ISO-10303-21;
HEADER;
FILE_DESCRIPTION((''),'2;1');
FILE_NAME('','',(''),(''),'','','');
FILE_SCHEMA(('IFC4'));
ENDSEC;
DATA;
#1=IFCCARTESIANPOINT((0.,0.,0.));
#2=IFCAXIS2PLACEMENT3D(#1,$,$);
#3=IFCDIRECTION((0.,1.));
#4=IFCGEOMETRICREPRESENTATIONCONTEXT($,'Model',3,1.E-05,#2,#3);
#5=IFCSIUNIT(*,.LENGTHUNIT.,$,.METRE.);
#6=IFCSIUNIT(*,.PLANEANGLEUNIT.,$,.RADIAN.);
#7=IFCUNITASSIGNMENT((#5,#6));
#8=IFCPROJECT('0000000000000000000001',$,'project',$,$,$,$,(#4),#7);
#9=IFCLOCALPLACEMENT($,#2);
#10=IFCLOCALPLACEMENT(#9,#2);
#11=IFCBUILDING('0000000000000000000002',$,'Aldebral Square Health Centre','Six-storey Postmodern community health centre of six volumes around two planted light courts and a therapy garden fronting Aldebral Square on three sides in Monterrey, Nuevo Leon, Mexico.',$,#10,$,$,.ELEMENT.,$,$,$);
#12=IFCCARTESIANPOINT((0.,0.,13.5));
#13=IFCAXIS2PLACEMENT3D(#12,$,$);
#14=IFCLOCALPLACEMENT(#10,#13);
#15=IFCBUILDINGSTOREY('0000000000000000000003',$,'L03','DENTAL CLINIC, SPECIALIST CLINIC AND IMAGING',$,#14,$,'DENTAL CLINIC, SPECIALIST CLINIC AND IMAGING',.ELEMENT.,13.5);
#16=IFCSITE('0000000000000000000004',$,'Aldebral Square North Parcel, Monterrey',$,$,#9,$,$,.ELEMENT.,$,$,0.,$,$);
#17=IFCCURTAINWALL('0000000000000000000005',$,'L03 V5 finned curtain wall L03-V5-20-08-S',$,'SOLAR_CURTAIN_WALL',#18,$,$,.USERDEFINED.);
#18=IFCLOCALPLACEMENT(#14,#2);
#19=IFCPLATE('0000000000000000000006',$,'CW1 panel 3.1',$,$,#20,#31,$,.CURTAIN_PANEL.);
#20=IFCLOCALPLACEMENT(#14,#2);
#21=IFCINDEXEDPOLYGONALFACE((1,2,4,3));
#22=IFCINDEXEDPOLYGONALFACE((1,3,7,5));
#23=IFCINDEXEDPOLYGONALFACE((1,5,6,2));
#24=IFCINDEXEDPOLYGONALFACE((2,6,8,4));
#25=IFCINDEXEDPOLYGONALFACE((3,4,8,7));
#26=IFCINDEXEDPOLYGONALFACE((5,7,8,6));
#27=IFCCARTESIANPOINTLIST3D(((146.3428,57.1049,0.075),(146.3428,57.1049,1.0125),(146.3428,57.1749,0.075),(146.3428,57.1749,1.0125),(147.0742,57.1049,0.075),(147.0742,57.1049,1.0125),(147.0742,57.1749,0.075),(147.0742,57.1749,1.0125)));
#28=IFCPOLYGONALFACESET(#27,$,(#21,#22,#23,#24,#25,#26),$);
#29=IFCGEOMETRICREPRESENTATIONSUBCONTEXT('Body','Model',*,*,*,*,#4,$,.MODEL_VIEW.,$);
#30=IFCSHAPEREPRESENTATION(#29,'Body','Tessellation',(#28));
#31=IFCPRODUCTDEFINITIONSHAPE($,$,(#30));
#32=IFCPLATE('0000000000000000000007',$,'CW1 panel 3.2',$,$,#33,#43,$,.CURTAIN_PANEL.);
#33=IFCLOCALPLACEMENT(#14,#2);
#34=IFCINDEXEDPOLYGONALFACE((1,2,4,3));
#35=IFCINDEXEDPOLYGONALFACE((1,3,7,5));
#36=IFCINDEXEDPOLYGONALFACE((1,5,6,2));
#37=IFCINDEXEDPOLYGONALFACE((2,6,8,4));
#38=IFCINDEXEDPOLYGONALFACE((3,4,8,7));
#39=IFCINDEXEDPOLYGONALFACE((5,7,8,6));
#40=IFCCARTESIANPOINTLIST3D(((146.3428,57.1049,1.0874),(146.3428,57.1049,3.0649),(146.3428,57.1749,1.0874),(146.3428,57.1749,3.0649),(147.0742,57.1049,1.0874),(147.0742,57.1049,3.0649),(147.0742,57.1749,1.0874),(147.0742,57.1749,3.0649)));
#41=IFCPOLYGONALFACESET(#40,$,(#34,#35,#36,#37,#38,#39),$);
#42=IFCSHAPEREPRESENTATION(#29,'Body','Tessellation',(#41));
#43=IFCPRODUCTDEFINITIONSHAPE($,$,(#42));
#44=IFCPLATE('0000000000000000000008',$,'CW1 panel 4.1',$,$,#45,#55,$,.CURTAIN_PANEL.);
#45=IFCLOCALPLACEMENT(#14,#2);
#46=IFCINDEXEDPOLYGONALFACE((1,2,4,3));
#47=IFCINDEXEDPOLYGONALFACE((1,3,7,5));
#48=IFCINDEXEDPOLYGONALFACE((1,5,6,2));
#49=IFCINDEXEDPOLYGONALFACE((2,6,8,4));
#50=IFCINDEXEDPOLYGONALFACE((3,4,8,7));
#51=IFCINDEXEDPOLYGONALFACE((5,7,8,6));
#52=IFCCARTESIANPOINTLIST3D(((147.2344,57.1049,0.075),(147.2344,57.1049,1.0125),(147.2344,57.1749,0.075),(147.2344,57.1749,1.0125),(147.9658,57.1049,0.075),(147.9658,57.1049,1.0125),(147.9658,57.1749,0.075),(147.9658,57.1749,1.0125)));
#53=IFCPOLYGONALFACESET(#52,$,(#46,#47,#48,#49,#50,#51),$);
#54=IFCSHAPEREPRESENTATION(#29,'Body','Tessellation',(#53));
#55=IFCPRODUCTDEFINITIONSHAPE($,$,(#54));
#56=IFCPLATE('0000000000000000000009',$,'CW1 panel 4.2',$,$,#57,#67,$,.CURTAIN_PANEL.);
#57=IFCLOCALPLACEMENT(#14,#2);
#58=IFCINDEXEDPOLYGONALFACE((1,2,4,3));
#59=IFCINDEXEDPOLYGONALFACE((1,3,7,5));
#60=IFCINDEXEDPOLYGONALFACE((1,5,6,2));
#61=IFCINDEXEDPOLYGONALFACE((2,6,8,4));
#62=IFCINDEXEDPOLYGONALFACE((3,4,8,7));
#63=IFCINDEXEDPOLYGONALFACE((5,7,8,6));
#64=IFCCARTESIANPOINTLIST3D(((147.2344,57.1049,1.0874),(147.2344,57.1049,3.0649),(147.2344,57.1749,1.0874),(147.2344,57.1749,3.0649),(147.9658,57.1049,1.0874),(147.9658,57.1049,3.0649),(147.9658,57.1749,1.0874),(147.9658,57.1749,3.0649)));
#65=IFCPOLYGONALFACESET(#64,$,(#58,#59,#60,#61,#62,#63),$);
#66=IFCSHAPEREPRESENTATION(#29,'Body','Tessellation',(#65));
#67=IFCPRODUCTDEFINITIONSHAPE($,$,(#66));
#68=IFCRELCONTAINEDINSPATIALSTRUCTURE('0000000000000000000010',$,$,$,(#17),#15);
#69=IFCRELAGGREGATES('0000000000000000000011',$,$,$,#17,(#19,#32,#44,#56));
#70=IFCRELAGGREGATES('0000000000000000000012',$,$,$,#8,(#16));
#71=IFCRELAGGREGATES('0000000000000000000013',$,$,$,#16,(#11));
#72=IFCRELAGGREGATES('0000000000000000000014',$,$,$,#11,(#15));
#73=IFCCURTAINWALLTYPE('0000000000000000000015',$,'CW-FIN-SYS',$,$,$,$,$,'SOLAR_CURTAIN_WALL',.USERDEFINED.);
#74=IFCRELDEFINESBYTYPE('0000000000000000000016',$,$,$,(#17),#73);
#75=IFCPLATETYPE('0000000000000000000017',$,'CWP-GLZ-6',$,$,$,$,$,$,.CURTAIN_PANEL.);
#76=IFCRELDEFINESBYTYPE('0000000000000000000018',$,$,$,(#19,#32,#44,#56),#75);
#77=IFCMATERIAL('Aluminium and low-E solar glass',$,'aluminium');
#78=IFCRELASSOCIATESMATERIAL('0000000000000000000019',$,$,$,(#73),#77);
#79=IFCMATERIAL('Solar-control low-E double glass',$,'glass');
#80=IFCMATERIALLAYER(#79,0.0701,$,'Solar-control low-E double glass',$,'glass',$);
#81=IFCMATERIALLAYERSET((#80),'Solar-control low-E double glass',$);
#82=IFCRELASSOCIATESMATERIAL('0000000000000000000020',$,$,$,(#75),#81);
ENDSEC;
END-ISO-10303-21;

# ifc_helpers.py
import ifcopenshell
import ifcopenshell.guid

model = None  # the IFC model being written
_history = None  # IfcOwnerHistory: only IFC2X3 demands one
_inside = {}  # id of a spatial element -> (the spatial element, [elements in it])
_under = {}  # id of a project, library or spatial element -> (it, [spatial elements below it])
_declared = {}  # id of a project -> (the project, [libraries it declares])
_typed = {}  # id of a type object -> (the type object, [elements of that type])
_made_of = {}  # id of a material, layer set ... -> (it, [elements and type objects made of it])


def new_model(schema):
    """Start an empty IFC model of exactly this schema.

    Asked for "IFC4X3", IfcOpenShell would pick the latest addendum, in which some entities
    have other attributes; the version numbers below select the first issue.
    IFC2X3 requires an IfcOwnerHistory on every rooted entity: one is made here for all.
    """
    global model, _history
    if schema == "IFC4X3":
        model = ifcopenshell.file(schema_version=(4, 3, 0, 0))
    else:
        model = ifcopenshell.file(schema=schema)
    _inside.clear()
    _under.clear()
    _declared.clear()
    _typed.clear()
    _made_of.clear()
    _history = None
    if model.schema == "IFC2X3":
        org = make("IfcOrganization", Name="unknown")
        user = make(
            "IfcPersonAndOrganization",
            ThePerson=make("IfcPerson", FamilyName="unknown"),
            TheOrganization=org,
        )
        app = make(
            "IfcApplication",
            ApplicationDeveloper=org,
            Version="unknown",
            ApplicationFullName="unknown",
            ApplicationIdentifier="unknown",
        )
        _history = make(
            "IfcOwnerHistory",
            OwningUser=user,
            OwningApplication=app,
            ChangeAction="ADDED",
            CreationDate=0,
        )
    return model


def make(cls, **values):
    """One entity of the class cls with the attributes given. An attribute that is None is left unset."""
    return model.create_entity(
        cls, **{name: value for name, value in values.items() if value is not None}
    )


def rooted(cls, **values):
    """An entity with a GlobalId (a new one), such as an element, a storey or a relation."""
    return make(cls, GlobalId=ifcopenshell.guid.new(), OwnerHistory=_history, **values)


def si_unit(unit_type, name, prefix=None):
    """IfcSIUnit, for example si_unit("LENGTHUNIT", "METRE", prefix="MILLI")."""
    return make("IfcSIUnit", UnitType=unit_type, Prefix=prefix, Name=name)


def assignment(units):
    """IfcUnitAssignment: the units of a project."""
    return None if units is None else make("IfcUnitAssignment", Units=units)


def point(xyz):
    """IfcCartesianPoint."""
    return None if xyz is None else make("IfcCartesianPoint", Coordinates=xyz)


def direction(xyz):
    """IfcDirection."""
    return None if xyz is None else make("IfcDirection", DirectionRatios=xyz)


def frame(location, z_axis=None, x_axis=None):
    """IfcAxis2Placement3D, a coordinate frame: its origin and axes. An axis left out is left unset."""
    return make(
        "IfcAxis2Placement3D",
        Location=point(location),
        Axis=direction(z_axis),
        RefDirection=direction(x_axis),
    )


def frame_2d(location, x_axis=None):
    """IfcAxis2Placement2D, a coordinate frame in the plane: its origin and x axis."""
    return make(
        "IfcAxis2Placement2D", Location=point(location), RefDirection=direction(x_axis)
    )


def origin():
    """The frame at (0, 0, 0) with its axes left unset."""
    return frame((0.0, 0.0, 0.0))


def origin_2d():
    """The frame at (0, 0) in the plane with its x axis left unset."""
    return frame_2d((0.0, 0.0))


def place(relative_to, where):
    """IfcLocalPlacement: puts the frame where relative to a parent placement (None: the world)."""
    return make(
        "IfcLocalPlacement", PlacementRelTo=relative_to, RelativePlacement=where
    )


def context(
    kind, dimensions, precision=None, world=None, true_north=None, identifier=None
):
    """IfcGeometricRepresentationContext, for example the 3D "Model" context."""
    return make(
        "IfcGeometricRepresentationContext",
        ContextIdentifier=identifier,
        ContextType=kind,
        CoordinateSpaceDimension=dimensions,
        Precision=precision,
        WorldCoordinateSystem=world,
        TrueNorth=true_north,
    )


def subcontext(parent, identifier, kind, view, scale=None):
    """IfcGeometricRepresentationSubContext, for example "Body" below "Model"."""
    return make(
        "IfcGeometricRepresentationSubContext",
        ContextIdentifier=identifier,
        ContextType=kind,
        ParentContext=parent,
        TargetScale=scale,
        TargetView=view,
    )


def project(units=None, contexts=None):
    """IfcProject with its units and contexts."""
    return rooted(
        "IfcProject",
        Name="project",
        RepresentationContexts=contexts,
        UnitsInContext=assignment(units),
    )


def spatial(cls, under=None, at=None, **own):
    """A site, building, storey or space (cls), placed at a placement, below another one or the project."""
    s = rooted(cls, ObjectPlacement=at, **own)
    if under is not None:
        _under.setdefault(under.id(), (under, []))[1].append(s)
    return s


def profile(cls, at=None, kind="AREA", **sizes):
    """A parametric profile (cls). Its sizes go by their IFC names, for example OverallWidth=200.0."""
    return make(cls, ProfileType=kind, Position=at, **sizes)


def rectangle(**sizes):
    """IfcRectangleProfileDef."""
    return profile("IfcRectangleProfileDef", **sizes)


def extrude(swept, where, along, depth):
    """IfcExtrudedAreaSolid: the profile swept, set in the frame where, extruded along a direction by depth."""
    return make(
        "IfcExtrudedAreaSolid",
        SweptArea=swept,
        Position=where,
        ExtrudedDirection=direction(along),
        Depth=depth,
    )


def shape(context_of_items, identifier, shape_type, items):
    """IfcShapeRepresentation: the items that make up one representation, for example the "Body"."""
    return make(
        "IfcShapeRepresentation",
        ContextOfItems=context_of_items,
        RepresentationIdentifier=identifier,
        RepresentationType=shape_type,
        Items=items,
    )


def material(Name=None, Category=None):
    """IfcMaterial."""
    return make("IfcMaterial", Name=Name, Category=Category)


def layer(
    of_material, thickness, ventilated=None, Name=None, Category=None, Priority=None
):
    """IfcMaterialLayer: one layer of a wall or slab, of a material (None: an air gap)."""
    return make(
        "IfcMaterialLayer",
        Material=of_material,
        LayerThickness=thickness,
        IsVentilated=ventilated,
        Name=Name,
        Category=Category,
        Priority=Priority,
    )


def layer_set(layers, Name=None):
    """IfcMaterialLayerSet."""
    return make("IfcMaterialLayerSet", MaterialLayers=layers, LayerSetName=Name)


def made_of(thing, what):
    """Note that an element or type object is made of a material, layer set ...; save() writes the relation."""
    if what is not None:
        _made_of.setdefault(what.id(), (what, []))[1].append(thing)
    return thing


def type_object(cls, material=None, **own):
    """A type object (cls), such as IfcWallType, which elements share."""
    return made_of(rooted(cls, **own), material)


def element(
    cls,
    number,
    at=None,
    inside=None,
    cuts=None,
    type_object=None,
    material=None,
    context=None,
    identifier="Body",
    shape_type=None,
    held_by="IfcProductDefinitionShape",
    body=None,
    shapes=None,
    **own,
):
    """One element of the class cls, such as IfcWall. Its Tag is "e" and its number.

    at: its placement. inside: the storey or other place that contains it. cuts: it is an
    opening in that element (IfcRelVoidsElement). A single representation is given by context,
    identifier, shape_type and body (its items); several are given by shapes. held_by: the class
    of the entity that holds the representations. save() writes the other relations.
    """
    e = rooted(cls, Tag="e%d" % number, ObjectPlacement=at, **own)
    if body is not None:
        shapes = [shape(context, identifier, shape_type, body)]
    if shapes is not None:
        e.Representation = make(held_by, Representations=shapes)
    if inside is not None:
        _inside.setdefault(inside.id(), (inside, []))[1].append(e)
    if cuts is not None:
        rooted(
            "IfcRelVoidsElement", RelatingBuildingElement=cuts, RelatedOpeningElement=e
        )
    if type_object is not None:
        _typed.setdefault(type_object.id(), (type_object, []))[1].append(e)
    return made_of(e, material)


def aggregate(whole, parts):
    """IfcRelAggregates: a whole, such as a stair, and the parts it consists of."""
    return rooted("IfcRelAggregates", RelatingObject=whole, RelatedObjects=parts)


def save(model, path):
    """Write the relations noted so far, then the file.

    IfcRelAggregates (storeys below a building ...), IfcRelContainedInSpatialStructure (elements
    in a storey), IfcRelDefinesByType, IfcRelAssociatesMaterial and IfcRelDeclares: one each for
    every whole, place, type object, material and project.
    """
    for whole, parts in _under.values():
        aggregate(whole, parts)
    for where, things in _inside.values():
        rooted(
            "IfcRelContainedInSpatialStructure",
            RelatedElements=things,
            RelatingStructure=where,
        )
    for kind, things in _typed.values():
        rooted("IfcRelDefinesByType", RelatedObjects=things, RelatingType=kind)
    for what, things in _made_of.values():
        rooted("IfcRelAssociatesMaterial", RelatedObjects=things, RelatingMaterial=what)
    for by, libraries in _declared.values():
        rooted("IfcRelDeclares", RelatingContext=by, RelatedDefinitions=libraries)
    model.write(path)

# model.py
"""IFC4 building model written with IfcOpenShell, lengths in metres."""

from ifc_helpers import new_model, si_unit, direction, frame, origin, origin_2d, place, context, subcontext, project, spatial, rectangle, extrude, material, layer, layer_set, type_object, element, aggregate, save


model = new_model("IFC4")

# Units and contexts
model_context = context("Model", 3, precision=1e-05, world=origin(), true_north=direction((0.0, 1.0)))
body_context = subcontext(model_context, "Body", "Model", "MODEL_VIEW")
ifc_project = project(units=[si_unit("LENGTHUNIT", "METRE"), si_unit("PLANEANGLEUNIT", "RADIAN")], contexts=[model_context])

# Site, building, storey
site_placement = place(None, origin())
site = spatial("IfcSite", under=ifc_project, at=site_placement, Name="Aldebral Square North Parcel, Monterrey", CompositionType="ELEMENT", RefElevation=0.0)
building_placement = place(site_placement, origin())
building = spatial("IfcBuilding", under=site, at=building_placement, Name="Aldebral Square Health Centre", Description="Six-storey Postmodern community health centre of six volumes around two planted light courts and a therapy garden fronting Aldebral Square on three sides in Monterrey, Nuevo Leon, Mexico.", CompositionType="ELEMENT")
storey_placement = place(building_placement, frame((0.0, 0.0, 13.5)))
storey = spatial("IfcBuildingStorey", under=building, at=storey_placement, Name="L03", Description="DENTAL CLINIC, SPECIALIST CLINIC AND IMAGING", LongName="DENTAL CLINIC, SPECIALIST CLINIC AND IMAGING", CompositionType="ELEMENT", Elevation=13.5)

# Curtain wall, plates
ifc_material_1 = material(Name="Aluminium and low-E solar glass", Category="aluminium")
curtain_wall_type = type_object("IfcCurtainWallType", Name="CW-FIN-SYS", ElementType="SOLAR_CURTAIN_WALL", PredefinedType="USERDEFINED", material=ifc_material_1)
curtain_wall_placement = place(storey_placement, origin())
curtain_wall = element("IfcCurtainWall", 1, at=curtain_wall_placement, inside=storey, type_object=curtain_wall_type, Name="L03 V5 finned curtain wall L03-V5-20-08-S", ObjectType="SOLAR_CURTAIN_WALL", PredefinedType="USERDEFINED")
ifc_material_2 = material(Name="Solar-control low-E double glass", Category="glass")
ifc_layer = layer(ifc_material_2, 0.0701, Name="Solar-control low-E double glass", Category="glass")
ifc_layer_set = layer_set([ifc_layer], Name="Solar-control low-E double glass")
plate_type = type_object("IfcPlateType", Name="CWP-GLZ-6", PredefinedType="CURTAIN_PANEL", material=ifc_layer_set)
plate_1_placement = place(storey_placement, frame((146.7085, 57.1399, 0.075), z_axis=(0.0, 0.0, 1.0), x_axis=(1.0, 0.0, 0.0)))
plate_1 = element("IfcPlate", 2, at=plate_1_placement, type_object=plate_type, Name="CW1 panel 3.1", PredefinedType="CURTAIN_PANEL", context=body_context, shape_type="SweptSolid", body=[
    extrude(rectangle(XDim=0.7314, YDim=0.0701, at=origin_2d()), origin(), (0.0, 0.0, 1.0), 0.9375),
])
plate_2_placement = place(storey_placement, frame((146.7085, 57.1399, 1.0874), z_axis=(0.0, 0.0, 1.0), x_axis=(1.0, 0.0, 0.0)))
plate_2 = element("IfcPlate", 3, at=plate_2_placement, type_object=plate_type, Name="CW1 panel 3.2", PredefinedType="CURTAIN_PANEL", context=body_context, shape_type="SweptSolid", body=[
    extrude(rectangle(XDim=0.7314, YDim=0.0701, at=origin_2d()), origin(), (0.0, 0.0, 1.0), 1.9775),
])
plate_3_placement = place(storey_placement, frame((147.6001, 57.1399, 0.075), z_axis=(0.0, 0.0, 1.0), x_axis=(1.0, 0.0, 0.0)))
plate_3 = element("IfcPlate", 4, at=plate_3_placement, type_object=plate_type, Name="CW1 panel 4.1", PredefinedType="CURTAIN_PANEL", context=body_context, shape_type="SweptSolid", body=[
    extrude(rectangle(XDim=0.7314, YDim=0.0701, at=origin_2d()), origin(), (0.0, 0.0, 1.0), 0.9375),
])
plate_4_placement = place(storey_placement, frame((147.6001, 57.1399, 1.0874), z_axis=(0.0, 0.0, 1.0), x_axis=(1.0, 0.0, 0.0)))
plate_4 = element("IfcPlate", 5, at=plate_4_placement, type_object=plate_type, Name="CW1 panel 4.2", PredefinedType="CURTAIN_PANEL", context=body_context, shape_type="SweptSolid", body=[
    extrude(rectangle(XDim=0.7314, YDim=0.0701, at=origin_2d()), origin(), (0.0, 0.0, 1.0), 1.9775),
])
aggregate(curtain_wall, [plate_1, plate_2, plate_3, plate_4])

save(model, "model.ifc")
